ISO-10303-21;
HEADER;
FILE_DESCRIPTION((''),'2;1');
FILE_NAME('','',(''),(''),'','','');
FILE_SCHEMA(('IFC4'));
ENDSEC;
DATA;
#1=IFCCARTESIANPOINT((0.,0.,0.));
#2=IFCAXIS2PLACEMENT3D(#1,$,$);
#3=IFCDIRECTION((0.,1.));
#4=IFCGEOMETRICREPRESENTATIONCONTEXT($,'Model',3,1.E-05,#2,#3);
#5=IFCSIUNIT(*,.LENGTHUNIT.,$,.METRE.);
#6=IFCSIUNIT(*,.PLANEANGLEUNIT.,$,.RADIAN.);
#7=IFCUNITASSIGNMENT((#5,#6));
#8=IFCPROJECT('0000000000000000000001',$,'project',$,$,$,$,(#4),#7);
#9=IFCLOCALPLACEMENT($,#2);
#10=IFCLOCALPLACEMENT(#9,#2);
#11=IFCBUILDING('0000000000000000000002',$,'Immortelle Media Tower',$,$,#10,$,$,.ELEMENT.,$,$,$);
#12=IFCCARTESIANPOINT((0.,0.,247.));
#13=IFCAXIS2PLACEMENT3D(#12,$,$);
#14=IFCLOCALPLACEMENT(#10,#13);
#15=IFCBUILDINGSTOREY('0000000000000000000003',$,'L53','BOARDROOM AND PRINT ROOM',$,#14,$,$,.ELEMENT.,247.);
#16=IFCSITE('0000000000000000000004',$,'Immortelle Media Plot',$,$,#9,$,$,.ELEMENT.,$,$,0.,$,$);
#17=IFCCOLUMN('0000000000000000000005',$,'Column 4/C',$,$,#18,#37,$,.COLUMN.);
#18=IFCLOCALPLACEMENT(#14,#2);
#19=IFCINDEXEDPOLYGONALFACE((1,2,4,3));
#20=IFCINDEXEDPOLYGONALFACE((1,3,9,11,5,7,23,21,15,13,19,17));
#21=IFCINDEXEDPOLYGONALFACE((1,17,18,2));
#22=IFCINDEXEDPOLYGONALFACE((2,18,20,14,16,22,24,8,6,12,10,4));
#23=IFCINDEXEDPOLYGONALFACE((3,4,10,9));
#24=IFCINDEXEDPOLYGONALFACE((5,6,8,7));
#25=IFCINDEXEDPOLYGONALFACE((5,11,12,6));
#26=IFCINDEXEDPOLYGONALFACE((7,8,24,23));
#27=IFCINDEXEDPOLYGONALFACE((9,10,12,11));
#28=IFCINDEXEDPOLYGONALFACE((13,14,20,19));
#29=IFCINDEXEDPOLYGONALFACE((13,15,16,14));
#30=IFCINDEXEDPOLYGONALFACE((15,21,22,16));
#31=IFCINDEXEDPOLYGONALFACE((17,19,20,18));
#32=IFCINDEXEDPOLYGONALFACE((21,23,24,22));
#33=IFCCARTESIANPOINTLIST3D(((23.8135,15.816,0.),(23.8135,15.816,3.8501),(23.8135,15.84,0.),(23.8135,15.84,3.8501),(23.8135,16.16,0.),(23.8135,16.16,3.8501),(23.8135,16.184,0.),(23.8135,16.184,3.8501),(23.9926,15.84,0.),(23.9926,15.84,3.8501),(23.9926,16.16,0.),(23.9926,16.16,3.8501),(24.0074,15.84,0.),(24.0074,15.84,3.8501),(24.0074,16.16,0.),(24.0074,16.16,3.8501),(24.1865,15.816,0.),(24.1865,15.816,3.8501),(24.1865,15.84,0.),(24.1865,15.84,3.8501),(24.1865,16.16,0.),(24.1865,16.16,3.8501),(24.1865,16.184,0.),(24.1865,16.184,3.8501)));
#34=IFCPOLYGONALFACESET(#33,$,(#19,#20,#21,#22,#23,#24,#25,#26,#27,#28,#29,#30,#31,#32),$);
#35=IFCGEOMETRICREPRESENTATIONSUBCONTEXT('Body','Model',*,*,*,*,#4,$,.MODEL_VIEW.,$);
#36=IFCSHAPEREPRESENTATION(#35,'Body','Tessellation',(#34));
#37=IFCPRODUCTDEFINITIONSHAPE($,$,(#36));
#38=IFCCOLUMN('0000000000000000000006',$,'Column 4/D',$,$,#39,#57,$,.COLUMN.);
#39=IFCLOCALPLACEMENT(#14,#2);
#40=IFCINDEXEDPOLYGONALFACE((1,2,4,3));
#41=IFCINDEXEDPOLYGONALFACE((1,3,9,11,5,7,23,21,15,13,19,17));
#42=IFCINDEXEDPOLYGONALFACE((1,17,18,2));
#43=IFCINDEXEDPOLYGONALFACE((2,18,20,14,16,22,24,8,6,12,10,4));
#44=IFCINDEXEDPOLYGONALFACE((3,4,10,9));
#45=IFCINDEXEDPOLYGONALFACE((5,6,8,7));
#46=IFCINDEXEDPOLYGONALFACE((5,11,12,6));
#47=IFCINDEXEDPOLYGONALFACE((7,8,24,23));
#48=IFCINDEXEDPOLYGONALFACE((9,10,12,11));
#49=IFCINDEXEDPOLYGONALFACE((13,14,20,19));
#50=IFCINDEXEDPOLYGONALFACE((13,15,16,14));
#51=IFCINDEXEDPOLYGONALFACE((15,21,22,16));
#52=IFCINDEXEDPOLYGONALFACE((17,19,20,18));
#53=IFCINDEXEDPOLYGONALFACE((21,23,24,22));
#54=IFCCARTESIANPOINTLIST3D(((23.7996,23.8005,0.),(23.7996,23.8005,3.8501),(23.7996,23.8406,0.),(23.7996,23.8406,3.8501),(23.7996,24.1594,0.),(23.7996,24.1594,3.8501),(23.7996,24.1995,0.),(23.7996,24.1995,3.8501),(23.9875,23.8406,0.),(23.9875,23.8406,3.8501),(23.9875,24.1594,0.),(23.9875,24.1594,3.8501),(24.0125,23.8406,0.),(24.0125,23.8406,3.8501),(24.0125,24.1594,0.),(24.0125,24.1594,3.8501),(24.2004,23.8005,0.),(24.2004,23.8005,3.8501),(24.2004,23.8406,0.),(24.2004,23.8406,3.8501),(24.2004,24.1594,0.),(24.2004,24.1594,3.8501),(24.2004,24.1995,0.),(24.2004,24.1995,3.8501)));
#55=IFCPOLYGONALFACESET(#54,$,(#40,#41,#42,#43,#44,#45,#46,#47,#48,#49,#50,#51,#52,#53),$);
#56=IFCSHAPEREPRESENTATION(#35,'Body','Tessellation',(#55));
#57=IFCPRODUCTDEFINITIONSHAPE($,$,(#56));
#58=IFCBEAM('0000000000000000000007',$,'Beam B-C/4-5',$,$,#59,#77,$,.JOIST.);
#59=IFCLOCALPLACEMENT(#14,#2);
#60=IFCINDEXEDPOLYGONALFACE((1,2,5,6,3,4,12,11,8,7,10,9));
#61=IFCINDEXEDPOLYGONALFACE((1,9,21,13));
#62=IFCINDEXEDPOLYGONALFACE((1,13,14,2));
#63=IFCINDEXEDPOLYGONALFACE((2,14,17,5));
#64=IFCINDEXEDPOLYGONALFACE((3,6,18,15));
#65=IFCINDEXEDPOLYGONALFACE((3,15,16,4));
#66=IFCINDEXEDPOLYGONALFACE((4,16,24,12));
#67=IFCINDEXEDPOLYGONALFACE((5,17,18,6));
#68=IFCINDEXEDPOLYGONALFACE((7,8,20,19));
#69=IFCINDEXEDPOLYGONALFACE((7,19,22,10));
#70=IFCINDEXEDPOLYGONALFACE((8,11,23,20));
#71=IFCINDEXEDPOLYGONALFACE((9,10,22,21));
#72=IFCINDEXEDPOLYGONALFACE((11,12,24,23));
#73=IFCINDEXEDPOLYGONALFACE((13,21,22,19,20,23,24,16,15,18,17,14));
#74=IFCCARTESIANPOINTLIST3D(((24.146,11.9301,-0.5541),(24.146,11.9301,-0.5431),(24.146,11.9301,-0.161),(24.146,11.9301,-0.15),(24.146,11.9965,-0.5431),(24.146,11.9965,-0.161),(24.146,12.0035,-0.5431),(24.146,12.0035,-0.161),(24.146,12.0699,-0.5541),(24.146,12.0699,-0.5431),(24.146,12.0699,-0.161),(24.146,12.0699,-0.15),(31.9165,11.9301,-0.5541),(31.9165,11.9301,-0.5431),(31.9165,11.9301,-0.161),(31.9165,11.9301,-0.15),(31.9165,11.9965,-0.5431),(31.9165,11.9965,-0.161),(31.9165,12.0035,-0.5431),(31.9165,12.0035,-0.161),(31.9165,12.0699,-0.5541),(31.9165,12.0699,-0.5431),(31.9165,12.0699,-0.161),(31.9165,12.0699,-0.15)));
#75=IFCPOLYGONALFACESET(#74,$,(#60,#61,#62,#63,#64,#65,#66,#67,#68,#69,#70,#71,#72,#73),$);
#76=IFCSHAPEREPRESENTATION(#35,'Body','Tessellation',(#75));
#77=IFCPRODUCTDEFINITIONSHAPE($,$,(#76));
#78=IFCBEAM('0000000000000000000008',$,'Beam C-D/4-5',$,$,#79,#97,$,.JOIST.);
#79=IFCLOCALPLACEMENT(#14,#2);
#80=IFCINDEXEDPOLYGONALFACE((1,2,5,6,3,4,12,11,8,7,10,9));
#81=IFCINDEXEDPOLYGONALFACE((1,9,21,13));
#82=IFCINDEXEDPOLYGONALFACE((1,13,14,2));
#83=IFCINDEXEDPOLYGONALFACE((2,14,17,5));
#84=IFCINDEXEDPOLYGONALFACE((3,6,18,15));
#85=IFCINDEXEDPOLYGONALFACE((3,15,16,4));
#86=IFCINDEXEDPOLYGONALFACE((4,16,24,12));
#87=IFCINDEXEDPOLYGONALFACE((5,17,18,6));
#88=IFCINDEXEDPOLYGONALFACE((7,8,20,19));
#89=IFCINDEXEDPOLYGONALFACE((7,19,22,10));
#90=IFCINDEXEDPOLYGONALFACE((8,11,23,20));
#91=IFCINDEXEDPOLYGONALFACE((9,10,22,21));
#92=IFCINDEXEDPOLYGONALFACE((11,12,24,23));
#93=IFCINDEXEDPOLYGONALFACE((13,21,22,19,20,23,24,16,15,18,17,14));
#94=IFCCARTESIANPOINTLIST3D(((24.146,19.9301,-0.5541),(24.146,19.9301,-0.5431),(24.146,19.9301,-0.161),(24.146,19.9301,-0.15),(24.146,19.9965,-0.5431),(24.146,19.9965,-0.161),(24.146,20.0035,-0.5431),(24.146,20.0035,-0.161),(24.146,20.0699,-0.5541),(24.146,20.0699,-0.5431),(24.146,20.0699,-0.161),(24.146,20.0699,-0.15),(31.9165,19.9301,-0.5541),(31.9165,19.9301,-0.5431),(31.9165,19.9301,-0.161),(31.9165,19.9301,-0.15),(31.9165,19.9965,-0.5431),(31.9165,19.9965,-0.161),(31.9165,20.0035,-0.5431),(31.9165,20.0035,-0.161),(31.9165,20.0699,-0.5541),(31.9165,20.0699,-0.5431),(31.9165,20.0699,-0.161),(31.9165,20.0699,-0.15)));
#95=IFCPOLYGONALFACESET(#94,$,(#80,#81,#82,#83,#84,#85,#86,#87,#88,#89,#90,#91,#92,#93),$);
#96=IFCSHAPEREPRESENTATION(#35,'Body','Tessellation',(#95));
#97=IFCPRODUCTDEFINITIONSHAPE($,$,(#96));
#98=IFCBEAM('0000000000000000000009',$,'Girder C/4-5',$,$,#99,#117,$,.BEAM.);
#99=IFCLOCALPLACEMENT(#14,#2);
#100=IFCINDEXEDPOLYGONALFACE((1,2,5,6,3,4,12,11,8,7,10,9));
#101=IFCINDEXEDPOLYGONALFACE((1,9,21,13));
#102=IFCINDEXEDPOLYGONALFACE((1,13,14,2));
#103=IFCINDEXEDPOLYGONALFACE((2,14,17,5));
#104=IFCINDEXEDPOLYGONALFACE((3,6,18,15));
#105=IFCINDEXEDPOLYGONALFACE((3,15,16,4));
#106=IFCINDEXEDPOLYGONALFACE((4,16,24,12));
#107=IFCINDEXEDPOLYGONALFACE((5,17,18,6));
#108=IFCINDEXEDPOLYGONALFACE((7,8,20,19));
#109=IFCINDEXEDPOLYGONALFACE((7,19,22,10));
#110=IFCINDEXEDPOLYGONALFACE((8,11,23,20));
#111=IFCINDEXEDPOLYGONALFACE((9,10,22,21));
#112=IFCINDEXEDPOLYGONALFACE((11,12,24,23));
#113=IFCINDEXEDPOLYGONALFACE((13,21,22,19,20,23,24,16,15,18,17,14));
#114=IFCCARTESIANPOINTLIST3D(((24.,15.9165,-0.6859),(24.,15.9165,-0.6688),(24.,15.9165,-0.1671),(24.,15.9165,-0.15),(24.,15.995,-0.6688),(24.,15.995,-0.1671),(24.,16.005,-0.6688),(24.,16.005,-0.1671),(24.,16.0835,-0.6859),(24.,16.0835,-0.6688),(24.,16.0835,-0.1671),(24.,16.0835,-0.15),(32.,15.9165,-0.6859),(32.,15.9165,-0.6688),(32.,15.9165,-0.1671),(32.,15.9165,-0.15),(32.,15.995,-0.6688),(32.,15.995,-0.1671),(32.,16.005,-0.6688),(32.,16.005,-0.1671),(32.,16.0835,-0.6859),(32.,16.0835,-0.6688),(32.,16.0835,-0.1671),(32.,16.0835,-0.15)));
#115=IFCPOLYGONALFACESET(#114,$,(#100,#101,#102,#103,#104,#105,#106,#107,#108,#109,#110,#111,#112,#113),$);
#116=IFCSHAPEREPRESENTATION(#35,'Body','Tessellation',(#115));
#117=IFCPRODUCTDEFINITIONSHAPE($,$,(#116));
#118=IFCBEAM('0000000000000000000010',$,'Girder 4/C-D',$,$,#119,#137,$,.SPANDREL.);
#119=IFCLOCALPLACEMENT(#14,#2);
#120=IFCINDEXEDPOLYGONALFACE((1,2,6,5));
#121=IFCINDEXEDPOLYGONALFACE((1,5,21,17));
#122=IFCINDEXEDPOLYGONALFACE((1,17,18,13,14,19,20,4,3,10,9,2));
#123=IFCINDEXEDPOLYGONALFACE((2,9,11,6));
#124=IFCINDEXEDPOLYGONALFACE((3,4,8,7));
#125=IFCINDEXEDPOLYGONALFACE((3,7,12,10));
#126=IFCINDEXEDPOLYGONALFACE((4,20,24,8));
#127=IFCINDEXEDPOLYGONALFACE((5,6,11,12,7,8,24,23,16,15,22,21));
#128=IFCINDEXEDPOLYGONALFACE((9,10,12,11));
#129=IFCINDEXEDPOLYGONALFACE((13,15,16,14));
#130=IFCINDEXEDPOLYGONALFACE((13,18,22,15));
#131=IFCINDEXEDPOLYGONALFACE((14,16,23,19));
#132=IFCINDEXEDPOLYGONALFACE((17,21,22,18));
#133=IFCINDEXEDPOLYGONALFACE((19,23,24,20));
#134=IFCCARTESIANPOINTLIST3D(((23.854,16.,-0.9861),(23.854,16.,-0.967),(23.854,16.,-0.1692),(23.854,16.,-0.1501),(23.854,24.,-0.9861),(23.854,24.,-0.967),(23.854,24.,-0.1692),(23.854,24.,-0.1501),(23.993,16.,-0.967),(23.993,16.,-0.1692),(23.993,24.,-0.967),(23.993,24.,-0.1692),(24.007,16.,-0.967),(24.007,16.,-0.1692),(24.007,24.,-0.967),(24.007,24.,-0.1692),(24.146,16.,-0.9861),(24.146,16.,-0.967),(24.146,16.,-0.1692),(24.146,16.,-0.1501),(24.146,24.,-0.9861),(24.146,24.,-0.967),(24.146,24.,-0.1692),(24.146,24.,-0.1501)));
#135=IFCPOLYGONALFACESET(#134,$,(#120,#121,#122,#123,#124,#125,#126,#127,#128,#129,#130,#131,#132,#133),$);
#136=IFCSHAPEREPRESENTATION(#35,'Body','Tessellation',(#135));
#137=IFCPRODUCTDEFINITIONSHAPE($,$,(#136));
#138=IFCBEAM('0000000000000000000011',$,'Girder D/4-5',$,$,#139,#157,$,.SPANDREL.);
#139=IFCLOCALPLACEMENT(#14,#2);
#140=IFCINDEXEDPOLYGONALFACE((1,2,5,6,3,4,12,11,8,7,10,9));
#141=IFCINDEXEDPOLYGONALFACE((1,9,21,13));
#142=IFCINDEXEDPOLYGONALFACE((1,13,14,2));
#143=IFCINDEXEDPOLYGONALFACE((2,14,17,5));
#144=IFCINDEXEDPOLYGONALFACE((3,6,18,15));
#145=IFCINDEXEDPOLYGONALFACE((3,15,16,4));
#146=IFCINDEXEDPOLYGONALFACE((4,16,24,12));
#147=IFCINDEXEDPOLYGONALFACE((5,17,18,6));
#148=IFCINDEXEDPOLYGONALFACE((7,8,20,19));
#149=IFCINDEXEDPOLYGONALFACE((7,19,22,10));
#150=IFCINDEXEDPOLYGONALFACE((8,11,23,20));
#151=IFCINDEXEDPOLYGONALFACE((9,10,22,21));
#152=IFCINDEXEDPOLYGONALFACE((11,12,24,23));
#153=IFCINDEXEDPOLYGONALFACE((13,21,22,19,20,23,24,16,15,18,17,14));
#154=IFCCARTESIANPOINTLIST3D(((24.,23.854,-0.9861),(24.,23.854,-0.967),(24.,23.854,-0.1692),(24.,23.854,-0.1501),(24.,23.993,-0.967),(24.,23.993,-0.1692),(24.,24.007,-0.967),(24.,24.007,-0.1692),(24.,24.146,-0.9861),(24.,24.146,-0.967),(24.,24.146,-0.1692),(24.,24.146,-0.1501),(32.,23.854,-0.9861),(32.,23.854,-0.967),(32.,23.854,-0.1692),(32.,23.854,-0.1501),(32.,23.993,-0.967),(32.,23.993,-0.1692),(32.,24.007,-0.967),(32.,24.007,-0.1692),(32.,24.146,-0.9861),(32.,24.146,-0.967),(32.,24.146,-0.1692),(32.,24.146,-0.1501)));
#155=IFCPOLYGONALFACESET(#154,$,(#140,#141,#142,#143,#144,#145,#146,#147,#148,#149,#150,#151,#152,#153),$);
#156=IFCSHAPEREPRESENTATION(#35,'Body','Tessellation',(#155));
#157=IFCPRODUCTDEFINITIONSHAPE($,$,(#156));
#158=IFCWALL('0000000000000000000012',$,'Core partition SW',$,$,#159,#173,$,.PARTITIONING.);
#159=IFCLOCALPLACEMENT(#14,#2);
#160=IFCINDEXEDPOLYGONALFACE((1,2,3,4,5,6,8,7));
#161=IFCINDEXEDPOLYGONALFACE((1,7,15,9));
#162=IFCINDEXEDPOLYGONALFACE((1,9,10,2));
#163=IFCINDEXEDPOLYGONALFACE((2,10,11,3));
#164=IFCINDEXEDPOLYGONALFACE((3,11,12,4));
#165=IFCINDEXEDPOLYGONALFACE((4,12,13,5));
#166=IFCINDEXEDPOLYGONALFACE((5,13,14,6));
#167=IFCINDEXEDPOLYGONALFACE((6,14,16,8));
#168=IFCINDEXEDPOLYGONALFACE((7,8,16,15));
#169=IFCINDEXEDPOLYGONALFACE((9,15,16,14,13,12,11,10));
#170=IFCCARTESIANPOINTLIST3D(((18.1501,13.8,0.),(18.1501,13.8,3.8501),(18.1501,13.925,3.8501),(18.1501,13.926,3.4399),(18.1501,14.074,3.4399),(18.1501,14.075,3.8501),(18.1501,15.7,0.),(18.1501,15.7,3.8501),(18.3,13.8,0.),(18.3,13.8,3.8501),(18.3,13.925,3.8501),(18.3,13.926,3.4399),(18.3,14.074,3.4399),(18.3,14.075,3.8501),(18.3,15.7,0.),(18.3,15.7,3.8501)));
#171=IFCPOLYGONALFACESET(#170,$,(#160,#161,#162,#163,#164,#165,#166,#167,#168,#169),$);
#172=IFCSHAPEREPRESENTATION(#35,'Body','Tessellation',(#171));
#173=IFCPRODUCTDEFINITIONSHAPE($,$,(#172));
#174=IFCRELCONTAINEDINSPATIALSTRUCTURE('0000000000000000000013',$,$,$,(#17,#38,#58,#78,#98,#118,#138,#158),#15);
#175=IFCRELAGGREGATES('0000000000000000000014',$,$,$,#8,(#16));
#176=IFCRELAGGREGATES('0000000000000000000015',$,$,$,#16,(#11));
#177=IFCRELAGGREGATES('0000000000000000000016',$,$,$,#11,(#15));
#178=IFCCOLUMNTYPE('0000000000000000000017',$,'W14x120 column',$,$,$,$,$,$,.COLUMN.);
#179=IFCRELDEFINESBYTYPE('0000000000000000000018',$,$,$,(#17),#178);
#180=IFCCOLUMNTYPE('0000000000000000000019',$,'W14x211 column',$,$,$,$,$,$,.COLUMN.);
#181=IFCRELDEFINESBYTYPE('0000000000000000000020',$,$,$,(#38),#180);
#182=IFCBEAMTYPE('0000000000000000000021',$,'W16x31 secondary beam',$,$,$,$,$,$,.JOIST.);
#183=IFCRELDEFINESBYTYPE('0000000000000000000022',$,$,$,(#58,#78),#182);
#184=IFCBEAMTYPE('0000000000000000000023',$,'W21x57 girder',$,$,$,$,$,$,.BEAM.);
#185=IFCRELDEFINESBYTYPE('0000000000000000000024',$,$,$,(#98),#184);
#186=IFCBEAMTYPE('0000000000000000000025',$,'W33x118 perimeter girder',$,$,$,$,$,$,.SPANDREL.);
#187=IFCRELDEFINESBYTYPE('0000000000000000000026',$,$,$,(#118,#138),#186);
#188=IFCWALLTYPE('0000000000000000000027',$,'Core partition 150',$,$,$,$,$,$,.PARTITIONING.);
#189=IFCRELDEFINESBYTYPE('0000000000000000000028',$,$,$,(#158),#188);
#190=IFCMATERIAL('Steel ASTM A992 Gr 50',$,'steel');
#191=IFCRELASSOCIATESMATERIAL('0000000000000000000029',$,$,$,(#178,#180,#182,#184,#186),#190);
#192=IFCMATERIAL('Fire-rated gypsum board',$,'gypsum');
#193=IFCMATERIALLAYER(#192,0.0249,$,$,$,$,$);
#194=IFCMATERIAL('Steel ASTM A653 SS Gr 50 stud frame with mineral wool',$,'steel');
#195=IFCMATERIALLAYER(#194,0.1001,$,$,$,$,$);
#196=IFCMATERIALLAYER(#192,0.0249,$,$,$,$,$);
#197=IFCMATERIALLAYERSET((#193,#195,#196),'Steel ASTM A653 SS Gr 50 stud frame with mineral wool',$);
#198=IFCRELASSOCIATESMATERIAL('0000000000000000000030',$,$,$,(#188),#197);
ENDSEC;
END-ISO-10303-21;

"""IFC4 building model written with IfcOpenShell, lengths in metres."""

from ifc_helpers import new_model, si_unit, direction, frame, origin, origin_2d, place, context, subcontext, project, spatial, polyline, i_section, outline, extrude, material, layer, layer_set, material_profile, profile_set, type_object, element, save


model = new_model("IFC4")

# Units and contexts
model_context = context("Model", 3, precision=1e-05, world=origin(), true_north=direction((0.0, 1.0)))
body_context = subcontext(model_context, "Body", "Model", "MODEL_VIEW")
ifc_project = project(units=[si_unit("LENGTHUNIT", "METRE"), si_unit("PLANEANGLEUNIT", "RADIAN")], contexts=[model_context])

# Site, building, storey
site_placement = place(None, origin())
site = spatial("IfcSite", under=ifc_project, at=site_placement, Name="Immortelle Media Plot", CompositionType="ELEMENT", RefElevation=0.0)
building_placement = place(site_placement, origin())
building = spatial("IfcBuilding", under=site, at=building_placement, Name="Immortelle Media Tower", CompositionType="ELEMENT")
storey_placement = place(building_placement, frame((0.0, 0.0, 247.0)))
storey = spatial("IfcBuildingStorey", under=building, at=storey_placement, Name="L53", Description="BOARDROOM AND PRINT ROOM", CompositionType="ELEMENT", Elevation=247.0)

# Columns
ifc_material_1 = material(Name="Steel ASTM A992 Gr 50", Category="steel")
ifc_material_profile_1 = material_profile(ifc_material_1, i_section(OverallWidth=0.373, OverallDepth=0.3679, WebThickness=0.0149, FlangeThickness=0.0239, at=origin_2d()), Name="W14x120")
ifc_profile_set_1 = profile_set([ifc_material_profile_1], Name="Steel ASTM A992 Gr 50")
column_type_1 = type_object("IfcColumnType", Name="W14x120 column", PredefinedType="COLUMN", material=ifc_profile_set_1)
column_1_placement = place(storey_placement, frame((24.0, 16.0, 0.0), z_axis=(0.0, 0.0, 1.0), x_axis=(1.0, 0.0, 0.0)))
element("IfcColumn", 1, at=column_1_placement, inside=storey, type_object=column_type_1, Name="Column 4/C", PredefinedType="COLUMN", context=body_context, shape_type="SweptSolid", body=[
    extrude(i_section(OverallWidth=0.373, OverallDepth=0.3679, WebThickness=0.0149, FlangeThickness=0.0239, at=origin_2d()), origin(), (0.0, 0.0, 1.0), 3.8501),
])
ifc_material_profile_2 = material_profile(ifc_material_1, i_section(OverallWidth=0.4009, OverallDepth=0.3989, WebThickness=0.0249, FlangeThickness=0.04, at=origin_2d()), Name="W14x211")
ifc_profile_set_2 = profile_set([ifc_material_profile_2], Name="Steel ASTM A992 Gr 50")
column_type_2 = type_object("IfcColumnType", Name="W14x211 column", PredefinedType="COLUMN", material=ifc_profile_set_2)
column_2_placement = place(storey_placement, frame((24.0, 24.0, 0.0), z_axis=(0.0, 0.0, 1.0), x_axis=(1.0, 0.0, 0.0)))
element("IfcColumn", 2, at=column_2_placement, inside=storey, type_object=column_type_2, Name="Column 4/D", PredefinedType="COLUMN", context=body_context, shape_type="SweptSolid", body=[
    extrude(i_section(OverallWidth=0.4009, OverallDepth=0.3989, WebThickness=0.0249, FlangeThickness=0.04, at=origin_2d()), origin(), (0.0, 0.0, 1.0), 3.8501),
])

# Beams
ifc_material_profile_3 = material_profile(ifc_material_1, i_section(OverallWidth=0.1399, OverallDepth=0.4041, WebThickness=0.0071, FlangeThickness=0.011, at=origin_2d()), Name="W16x31")
ifc_profile_set_3 = profile_set([ifc_material_profile_3], Name="Steel ASTM A992 Gr 50")
beam_type_1 = type_object("IfcBeamType", Name="W16x31 secondary beam", PredefinedType="JOIST", material=ifc_profile_set_3)
for number, where, z_axis, x_axis, name in (
    (3, (24.146, 12.0, -0.3521), (1.0, 0.0, 0.0), (0.0, 1.0, 0.0), "Beam B-C/4-5"),
    (4, (24.146, 20.0, -0.3521), (1.0, 0.0, 0.0), (0.0, 1.0, 0.0), "Beam C-D/4-5"),
):
    element("IfcBeam", number, at=place(storey_placement, frame(where, z_axis=z_axis, x_axis=x_axis)), inside=storey, type_object=beam_type_1, Name=name, PredefinedType="JOIST", context=body_context, shape_type="SweptSolid", body=[
        extrude(i_section(OverallWidth=0.1399, OverallDepth=0.4041, WebThickness=0.0071, FlangeThickness=0.011, at=origin_2d()), origin(), (0.0, 0.0, 1.0), 7.7705),
    ])
ifc_material_profile_4 = material_profile(ifc_material_1, i_section(OverallWidth=0.167, OverallDepth=0.5359, WebThickness=0.01, FlangeThickness=0.0171, at=origin_2d()), Name="W21x57")
ifc_profile_set_4 = profile_set([ifc_material_profile_4], Name="Steel ASTM A992 Gr 50")
beam_type_2 = type_object("IfcBeamType", Name="W21x57 girder", PredefinedType="BEAM", material=ifc_profile_set_4)
beam_placement = place(storey_placement, frame((24.0, 16.0, -0.418), z_axis=(1.0, 0.0, 0.0), x_axis=(0.0, 1.0, 0.0)))
element("IfcBeam", 5, at=beam_placement, inside=storey, type_object=beam_type_2, Name="Girder C/4-5", PredefinedType="BEAM", context=body_context, shape_type="SweptSolid", body=[
    extrude(i_section(OverallWidth=0.167, OverallDepth=0.5359, WebThickness=0.01, FlangeThickness=0.0171, at=origin_2d()), origin(), (0.0, 0.0, 1.0), 8.0),
])
ifc_material_profile_5 = material_profile(ifc_material_1, i_section(OverallWidth=0.292, OverallDepth=0.8359, WebThickness=0.0139, FlangeThickness=0.019, at=origin_2d()), Name="W33x118")
ifc_profile_set_5 = profile_set([ifc_material_profile_5], Name="Steel ASTM A992 Gr 50")
beam_type_3 = type_object("IfcBeamType", Name="W33x118 perimeter girder", PredefinedType="SPANDREL", material=ifc_profile_set_5)
for number, where, z_axis, x_axis, name in (
    (6, (24.0, 16.0, -0.5681), (0.0, 1.0, 0.0), (-1.0, 0.0, 0.0), "Girder 4/C-D"),
    (7, (24.0, 24.0, -0.5681), (1.0, 0.0, 0.0), (0.0, 1.0, 0.0), "Girder D/4-5"),
):
    element("IfcBeam", number, at=place(storey_placement, frame(where, z_axis=z_axis, x_axis=x_axis)), inside=storey, type_object=beam_type_3, Name=name, PredefinedType="SPANDREL", context=body_context, shape_type="SweptSolid", body=[
        extrude(i_section(OverallWidth=0.292, OverallDepth=0.8359, WebThickness=0.0139, FlangeThickness=0.019, at=origin_2d()), origin(), (0.0, 0.0, 1.0), 8.0),
    ])

# Wall
ifc_material_2 = material(Name="Fire-rated gypsum board", Category="gypsum")
ifc_layer_1 = layer(ifc_material_2, 0.0249)
ifc_material_3 = material(Name="Steel ASTM A653 SS Gr 50 stud frame with mineral wool", Category="steel")
ifc_layer_2 = layer(ifc_material_3, 0.1001)
ifc_layer_3 = layer(ifc_material_2, 0.0249)
ifc_layer_set_1 = layer_set([ifc_layer_1, ifc_layer_2, ifc_layer_3], Name="Steel ASTM A653 SS Gr 50 stud frame with mineral wool")
wall_type_1 = type_object("IfcWallType", Name="Core partition 150", PredefinedType="PARTITIONING", material=ifc_layer_set_1)
for number, where, z_axis, x_axis, name in (
    (8, (18.2251, 13.8, 0.0), (0.0, 0.0, 1.0), (0.0, 1.0, 0.0), "Core partition SW"),
):
    element("IfcWall", number, at=place(storey_placement, frame(where, z_axis=z_axis, x_axis=x_axis)), inside=storey, type_object=wall_type_1, Name=name, PredefinedType="PARTITIONING", context=body_context, shape_type="SweptSolid", body=[
        extrude(outline(polyline([(0.0, 0.0), (1.8999, 0.0), (1.8999, 3.8501), (0.2749, 3.8501), (0.2739, 3.4399), (0.126, 3.4399), (0.125, 3.8501), (0.0, 3.8501), (0.0, 0.0)])), frame((0.0, 0.075, 0.0), z_axis=(0.0, -1.0, 0.0), x_axis=(1.0, 0.0, 0.0)), (0.0, 0.0, 1.0), 0.1499),
    ])

save(model, "model.ifc")
